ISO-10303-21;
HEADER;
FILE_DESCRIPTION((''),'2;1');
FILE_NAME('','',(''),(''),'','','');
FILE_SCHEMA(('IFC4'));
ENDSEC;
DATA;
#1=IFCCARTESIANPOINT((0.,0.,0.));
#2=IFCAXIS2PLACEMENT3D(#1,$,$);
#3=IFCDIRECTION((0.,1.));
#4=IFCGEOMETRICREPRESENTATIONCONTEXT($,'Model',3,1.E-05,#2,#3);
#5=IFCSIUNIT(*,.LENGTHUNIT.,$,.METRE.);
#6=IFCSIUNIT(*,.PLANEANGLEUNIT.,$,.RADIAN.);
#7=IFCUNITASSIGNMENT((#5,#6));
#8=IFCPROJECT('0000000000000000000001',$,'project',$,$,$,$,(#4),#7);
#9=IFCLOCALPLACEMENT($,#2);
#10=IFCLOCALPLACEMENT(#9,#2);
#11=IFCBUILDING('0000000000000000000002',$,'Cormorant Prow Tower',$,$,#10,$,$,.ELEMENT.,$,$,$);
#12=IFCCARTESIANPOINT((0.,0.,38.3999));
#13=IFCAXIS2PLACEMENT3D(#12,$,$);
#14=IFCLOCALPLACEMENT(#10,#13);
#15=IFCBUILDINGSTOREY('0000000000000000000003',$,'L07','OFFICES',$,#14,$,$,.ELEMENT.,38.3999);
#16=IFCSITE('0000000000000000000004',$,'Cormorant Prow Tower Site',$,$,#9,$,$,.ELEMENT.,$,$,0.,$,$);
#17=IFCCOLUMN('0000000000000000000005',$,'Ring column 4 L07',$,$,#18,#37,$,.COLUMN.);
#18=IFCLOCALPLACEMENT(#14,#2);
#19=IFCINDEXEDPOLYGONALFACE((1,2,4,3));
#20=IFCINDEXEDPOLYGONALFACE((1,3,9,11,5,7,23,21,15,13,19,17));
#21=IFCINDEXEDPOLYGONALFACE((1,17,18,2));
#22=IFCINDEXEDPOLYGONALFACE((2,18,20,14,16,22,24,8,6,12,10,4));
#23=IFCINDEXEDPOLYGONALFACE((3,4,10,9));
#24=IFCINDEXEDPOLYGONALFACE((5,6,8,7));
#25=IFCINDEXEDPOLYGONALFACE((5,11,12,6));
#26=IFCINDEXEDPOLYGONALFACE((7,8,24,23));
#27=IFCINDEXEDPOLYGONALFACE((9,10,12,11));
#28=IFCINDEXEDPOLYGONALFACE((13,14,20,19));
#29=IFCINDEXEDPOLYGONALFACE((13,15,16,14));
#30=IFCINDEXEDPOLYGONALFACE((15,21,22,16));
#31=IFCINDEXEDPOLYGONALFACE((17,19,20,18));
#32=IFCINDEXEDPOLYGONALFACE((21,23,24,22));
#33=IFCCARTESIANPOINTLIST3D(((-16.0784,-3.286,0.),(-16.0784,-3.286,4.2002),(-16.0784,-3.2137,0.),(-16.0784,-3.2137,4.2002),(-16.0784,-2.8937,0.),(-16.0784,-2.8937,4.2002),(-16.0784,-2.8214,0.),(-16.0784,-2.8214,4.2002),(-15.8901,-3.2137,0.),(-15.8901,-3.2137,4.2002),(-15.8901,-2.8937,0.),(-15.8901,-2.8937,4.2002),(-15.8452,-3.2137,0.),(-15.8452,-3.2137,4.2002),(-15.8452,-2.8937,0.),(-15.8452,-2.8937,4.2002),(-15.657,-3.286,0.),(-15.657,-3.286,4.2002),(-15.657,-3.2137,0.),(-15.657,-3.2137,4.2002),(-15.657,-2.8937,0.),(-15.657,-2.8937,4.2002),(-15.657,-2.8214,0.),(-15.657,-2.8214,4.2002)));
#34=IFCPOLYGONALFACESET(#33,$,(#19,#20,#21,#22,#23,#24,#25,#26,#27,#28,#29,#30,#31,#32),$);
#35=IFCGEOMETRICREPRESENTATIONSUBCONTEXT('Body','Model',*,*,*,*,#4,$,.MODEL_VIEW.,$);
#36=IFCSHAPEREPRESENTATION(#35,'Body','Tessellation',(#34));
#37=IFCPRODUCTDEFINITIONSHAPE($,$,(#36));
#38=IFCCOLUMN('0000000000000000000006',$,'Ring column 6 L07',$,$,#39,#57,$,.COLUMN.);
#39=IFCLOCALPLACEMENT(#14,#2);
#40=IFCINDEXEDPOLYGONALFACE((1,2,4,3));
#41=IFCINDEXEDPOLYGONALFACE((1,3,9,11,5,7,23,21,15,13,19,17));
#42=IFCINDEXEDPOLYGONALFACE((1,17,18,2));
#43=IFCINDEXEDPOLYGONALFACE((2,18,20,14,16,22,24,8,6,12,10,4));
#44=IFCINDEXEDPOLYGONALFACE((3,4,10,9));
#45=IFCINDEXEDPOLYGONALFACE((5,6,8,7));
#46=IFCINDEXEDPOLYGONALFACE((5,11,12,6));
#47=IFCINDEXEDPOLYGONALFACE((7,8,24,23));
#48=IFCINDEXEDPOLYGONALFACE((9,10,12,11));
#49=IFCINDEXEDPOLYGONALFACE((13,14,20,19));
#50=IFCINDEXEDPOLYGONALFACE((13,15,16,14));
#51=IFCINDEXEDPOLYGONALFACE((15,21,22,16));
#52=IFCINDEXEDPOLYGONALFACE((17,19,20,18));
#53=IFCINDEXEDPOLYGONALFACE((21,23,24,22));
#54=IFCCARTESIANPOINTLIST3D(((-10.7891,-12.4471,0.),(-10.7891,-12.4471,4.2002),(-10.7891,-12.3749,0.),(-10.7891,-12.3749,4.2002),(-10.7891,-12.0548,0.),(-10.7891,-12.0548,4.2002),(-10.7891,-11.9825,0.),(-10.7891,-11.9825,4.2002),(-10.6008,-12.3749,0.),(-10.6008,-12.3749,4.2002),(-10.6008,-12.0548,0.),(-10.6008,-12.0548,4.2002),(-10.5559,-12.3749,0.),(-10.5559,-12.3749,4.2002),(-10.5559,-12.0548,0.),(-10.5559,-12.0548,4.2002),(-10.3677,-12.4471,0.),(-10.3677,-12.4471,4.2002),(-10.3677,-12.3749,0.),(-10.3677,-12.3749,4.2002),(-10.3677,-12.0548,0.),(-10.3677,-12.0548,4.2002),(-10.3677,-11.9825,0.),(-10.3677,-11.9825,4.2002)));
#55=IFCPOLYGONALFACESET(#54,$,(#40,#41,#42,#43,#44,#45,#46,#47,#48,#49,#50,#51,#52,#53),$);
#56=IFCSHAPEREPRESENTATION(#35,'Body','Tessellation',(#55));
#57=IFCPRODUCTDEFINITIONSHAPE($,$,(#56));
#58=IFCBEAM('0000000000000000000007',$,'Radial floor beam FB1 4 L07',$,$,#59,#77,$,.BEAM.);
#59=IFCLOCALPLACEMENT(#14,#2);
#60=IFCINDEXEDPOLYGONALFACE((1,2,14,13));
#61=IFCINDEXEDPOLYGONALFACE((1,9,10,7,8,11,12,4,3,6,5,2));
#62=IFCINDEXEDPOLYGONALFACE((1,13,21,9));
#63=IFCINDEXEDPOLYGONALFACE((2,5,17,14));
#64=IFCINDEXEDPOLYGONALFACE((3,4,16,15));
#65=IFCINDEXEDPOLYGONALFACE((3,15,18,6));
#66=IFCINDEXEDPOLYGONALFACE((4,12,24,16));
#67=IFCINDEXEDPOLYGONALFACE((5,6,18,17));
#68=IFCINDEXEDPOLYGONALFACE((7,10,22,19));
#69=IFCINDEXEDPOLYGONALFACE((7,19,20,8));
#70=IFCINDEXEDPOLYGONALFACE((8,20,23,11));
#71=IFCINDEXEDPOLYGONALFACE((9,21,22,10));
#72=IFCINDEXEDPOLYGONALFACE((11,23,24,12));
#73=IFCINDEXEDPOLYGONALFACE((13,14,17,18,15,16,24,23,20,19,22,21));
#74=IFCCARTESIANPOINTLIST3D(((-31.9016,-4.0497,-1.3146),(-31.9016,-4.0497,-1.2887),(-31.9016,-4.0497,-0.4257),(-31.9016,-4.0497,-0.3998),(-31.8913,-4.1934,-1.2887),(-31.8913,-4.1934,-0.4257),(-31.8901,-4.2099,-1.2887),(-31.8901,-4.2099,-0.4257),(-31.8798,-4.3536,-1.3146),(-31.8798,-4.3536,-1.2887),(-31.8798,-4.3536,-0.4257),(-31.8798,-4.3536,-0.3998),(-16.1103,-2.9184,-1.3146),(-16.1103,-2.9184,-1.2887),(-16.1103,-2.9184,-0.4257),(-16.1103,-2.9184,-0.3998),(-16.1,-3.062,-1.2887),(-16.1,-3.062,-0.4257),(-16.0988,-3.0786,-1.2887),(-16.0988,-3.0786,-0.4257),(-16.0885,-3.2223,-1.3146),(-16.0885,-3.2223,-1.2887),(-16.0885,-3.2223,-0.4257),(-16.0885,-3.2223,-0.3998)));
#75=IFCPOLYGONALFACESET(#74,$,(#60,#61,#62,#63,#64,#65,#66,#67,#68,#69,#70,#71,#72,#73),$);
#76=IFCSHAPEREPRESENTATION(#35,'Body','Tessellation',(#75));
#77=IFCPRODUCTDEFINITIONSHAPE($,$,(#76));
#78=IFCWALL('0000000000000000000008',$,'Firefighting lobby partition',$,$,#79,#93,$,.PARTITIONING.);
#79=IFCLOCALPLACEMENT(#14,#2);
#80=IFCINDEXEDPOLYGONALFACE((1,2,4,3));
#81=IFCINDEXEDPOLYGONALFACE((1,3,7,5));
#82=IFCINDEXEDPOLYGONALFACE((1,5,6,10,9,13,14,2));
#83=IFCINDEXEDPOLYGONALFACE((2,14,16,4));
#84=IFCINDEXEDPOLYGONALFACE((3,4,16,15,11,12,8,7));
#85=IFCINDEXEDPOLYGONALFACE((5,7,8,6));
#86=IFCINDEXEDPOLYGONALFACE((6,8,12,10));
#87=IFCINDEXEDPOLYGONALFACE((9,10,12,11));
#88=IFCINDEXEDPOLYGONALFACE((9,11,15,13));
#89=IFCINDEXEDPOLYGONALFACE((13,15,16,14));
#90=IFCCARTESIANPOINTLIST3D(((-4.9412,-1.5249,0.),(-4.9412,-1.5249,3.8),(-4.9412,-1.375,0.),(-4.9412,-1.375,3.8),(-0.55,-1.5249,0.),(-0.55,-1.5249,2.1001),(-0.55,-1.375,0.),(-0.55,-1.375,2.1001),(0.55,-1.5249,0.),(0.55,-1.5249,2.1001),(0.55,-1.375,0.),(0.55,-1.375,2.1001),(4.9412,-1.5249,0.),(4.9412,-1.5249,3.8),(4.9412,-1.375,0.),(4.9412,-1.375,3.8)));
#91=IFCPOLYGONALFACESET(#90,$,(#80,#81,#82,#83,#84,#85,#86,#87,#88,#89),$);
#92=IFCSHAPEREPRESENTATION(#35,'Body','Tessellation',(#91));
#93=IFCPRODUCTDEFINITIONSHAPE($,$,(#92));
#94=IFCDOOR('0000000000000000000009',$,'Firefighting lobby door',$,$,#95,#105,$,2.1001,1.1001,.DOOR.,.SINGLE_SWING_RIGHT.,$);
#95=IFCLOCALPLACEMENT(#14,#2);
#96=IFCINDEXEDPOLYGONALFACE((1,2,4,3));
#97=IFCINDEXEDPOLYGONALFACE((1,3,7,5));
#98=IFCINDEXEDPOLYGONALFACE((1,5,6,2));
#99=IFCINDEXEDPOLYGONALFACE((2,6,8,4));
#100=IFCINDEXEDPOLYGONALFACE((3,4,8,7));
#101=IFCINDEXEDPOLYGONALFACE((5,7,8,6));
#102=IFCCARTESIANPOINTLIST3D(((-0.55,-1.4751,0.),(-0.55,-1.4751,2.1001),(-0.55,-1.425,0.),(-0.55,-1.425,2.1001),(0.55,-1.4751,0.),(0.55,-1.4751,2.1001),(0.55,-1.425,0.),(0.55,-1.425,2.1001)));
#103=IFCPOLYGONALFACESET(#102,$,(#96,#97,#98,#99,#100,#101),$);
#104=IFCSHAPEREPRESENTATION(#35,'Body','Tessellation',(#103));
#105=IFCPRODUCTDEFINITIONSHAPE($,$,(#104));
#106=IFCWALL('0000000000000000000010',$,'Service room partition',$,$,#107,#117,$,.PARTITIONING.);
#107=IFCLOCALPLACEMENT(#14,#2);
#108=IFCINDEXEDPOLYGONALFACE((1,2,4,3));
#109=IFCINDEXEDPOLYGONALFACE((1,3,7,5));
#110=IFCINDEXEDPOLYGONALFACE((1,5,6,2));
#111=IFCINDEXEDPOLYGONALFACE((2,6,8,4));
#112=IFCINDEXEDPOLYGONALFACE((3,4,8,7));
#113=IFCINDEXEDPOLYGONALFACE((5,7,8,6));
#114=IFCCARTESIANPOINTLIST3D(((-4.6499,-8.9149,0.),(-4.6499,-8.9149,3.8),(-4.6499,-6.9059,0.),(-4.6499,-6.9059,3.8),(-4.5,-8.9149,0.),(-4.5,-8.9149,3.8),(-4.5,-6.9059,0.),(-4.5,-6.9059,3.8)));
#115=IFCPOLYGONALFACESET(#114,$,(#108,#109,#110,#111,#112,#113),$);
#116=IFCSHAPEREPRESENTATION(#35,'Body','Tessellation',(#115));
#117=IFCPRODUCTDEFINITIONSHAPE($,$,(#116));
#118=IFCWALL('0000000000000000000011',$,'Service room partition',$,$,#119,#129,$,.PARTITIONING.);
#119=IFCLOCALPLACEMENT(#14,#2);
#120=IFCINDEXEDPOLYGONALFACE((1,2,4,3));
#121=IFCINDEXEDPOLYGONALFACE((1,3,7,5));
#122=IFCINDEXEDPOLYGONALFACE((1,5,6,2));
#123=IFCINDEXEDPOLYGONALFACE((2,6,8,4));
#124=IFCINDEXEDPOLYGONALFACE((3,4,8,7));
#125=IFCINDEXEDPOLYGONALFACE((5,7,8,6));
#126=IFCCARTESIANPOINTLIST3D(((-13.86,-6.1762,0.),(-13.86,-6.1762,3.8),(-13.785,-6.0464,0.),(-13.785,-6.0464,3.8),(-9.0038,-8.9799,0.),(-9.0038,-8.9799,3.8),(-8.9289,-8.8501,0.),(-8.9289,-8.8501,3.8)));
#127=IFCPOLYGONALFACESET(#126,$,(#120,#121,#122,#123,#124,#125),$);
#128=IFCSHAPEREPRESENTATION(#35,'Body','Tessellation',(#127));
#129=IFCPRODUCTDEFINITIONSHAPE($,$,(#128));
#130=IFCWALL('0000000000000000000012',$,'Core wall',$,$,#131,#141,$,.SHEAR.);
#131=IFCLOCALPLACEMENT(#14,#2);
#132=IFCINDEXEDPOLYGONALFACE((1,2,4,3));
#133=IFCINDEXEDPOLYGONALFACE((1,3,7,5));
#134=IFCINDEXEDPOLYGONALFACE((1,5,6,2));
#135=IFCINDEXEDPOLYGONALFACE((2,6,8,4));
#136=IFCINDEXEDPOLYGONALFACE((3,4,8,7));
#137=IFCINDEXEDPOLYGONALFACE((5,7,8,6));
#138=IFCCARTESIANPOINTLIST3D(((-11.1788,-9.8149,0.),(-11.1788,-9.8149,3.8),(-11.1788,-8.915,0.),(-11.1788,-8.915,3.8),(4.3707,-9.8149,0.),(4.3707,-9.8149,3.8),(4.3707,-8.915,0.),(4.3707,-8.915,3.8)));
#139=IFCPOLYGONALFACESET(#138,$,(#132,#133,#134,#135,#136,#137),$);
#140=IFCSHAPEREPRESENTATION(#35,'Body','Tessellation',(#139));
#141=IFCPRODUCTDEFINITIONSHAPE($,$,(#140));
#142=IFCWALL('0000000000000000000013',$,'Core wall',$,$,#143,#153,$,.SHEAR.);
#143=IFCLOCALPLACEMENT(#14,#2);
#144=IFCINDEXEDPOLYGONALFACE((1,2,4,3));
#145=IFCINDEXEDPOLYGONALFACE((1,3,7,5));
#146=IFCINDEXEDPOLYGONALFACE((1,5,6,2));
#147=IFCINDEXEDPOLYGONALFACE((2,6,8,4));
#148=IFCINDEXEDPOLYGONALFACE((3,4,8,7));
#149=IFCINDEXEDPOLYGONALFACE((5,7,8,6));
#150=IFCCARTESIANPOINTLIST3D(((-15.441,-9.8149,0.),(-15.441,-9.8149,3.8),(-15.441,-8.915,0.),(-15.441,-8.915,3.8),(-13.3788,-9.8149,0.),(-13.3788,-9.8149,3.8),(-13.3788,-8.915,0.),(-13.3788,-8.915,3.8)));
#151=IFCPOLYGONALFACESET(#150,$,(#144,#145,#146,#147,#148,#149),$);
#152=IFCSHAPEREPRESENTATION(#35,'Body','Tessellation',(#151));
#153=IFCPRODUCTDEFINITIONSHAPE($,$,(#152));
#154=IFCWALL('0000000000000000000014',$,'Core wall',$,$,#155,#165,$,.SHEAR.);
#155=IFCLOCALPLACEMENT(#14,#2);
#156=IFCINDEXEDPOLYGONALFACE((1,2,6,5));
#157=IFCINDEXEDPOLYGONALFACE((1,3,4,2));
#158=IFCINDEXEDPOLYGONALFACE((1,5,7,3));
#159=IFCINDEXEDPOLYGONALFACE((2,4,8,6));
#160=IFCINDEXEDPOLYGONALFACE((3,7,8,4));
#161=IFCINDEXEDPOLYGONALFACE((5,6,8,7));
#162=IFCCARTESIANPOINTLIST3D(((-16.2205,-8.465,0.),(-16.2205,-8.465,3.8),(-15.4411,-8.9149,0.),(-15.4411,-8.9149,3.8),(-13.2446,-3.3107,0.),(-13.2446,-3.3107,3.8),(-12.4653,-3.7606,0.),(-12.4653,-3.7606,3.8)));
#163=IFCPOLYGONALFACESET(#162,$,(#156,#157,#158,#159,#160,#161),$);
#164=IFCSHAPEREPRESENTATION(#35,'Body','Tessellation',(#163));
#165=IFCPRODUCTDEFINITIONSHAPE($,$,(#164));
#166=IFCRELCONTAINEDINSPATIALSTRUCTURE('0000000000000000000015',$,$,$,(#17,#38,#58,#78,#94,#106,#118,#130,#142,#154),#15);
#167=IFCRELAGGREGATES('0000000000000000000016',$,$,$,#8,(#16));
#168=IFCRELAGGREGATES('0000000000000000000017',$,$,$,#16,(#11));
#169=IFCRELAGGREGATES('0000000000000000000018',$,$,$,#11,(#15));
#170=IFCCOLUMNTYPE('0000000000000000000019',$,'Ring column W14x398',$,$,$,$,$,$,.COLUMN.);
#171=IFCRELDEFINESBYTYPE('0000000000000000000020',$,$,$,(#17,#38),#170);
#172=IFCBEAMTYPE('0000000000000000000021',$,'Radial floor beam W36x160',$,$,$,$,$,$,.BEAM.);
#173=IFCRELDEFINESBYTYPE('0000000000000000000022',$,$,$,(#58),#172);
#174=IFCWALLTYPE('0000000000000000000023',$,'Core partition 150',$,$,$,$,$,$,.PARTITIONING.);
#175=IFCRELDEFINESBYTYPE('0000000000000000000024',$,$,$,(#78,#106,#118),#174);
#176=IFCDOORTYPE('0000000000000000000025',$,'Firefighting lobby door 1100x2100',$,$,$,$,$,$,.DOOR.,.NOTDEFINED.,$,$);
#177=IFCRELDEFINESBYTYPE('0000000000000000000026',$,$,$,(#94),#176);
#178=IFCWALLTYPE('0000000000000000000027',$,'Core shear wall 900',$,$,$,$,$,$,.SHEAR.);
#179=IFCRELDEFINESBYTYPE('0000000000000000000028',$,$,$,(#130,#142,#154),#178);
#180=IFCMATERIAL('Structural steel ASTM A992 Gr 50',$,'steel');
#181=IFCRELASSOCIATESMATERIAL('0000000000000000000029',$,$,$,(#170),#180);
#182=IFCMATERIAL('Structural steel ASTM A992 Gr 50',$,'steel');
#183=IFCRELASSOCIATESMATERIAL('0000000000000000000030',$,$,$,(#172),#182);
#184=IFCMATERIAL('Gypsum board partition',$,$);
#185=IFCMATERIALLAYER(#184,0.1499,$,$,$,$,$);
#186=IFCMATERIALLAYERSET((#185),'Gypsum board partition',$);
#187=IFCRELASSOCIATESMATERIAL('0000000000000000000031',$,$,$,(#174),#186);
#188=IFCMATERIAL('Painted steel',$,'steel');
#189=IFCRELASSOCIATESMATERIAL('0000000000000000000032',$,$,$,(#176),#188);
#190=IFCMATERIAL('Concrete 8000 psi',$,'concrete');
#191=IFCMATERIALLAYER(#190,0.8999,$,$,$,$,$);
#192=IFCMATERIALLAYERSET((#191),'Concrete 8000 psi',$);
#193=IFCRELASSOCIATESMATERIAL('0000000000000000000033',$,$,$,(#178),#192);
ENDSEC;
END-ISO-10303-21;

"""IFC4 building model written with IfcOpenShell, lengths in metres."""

from ifc_helpers import new_model, si_unit, direction, frame, frame_2d, origin, origin_2d, place, context, subcontext, project, spatial, rectangle, i_section, extrude, material, layer, layer_set, material_profile, profile_set, type_object, element, fill, save


model = new_model("IFC4")

# Units and contexts
model_context = context("Model", 3, precision=1e-05, world=origin(), true_north=direction((0.0, 1.0)))
body_context = subcontext(model_context, "Body", "Model", "MODEL_VIEW")
ifc_project = project(units=[si_unit("LENGTHUNIT", "METRE"), si_unit("PLANEANGLEUNIT", "RADIAN")], contexts=[model_context])

# Site, building, storey
site_placement = place(None, origin())
site = spatial("IfcSite", under=ifc_project, at=site_placement, Name="Cormorant Prow Tower Site", CompositionType="ELEMENT", RefElevation=0.0)
building_placement = place(site_placement, origin())
building = spatial("IfcBuilding", under=site, at=building_placement, Name="Cormorant Prow Tower", CompositionType="ELEMENT")
storey_placement = place(building_placement, frame((0.0, 0.0, 38.3999)))
storey = spatial("IfcBuildingStorey", under=building, at=storey_placement, Name="L07", Description="OFFICES", CompositionType="ELEMENT", Elevation=38.3999)

# Columns
ifc_material_1 = material(Name="Structural steel ASTM A992 Gr 50", Category="steel")
ifc_material_profile_1 = material_profile(ifc_material_1, i_section(OverallWidth=0.4214, OverallDepth=0.4646, WebThickness=0.0449, FlangeThickness=0.0723, at=origin_2d()), Name="W14x398")
ifc_profile_set_1 = profile_set([ifc_material_profile_1], Name="Structural steel ASTM A992 Gr 50")
column_type = type_object("IfcColumnType", Name="Ring column W14x398", PredefinedType="COLUMN", material=ifc_profile_set_1)
for number, where, z_axis, x_axis, name in (
    (1, (-15.8677, -3.0537, 0.0), (0.0, 0.0, 1.0), (1.0, 0.0, 0.0), "Ring column 4 L07"),
    (2, (-10.5784, -12.2148, 0.0), (0.0, 0.0, 1.0), (1.0, 0.0, 0.0), "Ring column 6 L07"),
):
    element("IfcColumn", number, at=place(storey_placement, frame(where, z_axis=z_axis, x_axis=x_axis)), inside=storey, type_object=column_type, Name=name, PredefinedType="COLUMN", context=body_context, shape_type="SweptSolid", body=[
        extrude(i_section(OverallWidth=0.4214, OverallDepth=0.4646, WebThickness=0.0449, FlangeThickness=0.0723, at=origin_2d()), origin(), (0.0, 0.0, 1.0), 4.2002),
    ])

# Beam
ifc_material_2 = material(Name="Structural steel ASTM A992 Gr 50", Category="steel")
ifc_material_profile_2 = material_profile(ifc_material_2, i_section(OverallWidth=0.3047, OverallDepth=0.9148, WebThickness=0.0166, FlangeThickness=0.0259, at=origin_2d()), Name="W36x160")
ifc_profile_set_2 = profile_set([ifc_material_profile_2], Name="Structural steel ASTM A992 Gr 50")
beam_type = type_object("IfcBeamType", Name="Radial floor beam W36x160", PredefinedType="BEAM", material=ifc_profile_set_2)
beam_placement = place(storey_placement, frame((-16.0994, -3.0703, -0.8572), z_axis=(-0.997443, -0.071461, 0.0), x_axis=(0.071461, -0.997443, 0.0)))
element("IfcBeam", 3, at=beam_placement, inside=storey, type_object=beam_type, Name="Radial floor beam FB1 4 L07", PredefinedType="BEAM", context=body_context, shape_type="SweptSolid", body=[
    extrude(i_section(OverallWidth=0.3047, OverallDepth=0.9148, WebThickness=0.0166, FlangeThickness=0.0259, at=origin_2d()), origin(), (0.0, 0.0, 1.0), 15.8318),
])

# Wall, opening, door
ifc_material_3 = material(Name="Gypsum board partition")
ifc_layer_1 = layer(ifc_material_3, 0.1499)
ifc_layer_set_1 = layer_set([ifc_layer_1], Name="Gypsum board partition")
wall_type_1 = type_object("IfcWallType", Name="Core partition 150", PredefinedType="PARTITIONING", material=ifc_layer_set_1)
wall_1_placement = place(storey_placement, frame((-4.9412, -1.45, 0.0), z_axis=(0.0, 0.0, 1.0), x_axis=(1.0, 0.0, 0.0)))
wall_1 = element("IfcWall", 4, at=wall_1_placement, inside=storey, type_object=wall_type_1, Name="Firefighting lobby partition", PredefinedType="PARTITIONING", context=body_context, shape_type="SweptSolid", body=[
    extrude(rectangle(XDim=9.8823, YDim=0.1499, at=frame_2d((4.9412, 0.0))), origin(), (0.0, 0.0, 1.0), 3.8),
])
opening_1_placement = place(wall_1_placement, frame((4.3911, 0.0, 0.0)))
opening_1 = element("IfcOpeningElement", 5, at=opening_1_placement, cuts=wall_1, PredefinedType="OPENING", context=body_context, shape_type="SweptSolid", body=[
    extrude(rectangle(XDim=1.1001, YDim=2.1001, at=frame_2d((0.55, 1.05))), frame((0.0, 0.085, 0.0), z_axis=(0.0, -1.0, 0.0), x_axis=(1.0, 0.0, 0.0)), (0.0, 0.0, 1.0), 0.1699),
])
ifc_material_4 = material(Name="Painted steel", Category="steel")
door_type_1 = type_object("IfcDoorType", Name="Firefighting lobby door 1100x2100", OperationType="NOTDEFINED", PredefinedType="DOOR", material=ifc_material_4)
door_1_placement = place(opening_1_placement, origin())
door_1 = element("IfcDoor", 6, at=door_1_placement, inside=storey, type_object=door_type_1, Name="Firefighting lobby door", OperationType="SINGLE_SWING_RIGHT", OverallHeight=2.1001, OverallWidth=1.1001, PredefinedType="DOOR", context=body_context, shape_type="SweptSolid", body=[
    extrude(rectangle(XDim=1.1001, YDim=2.1001, at=frame_2d((0.55, 1.05))), frame((0.0, 0.0249, 0.0), z_axis=(0.0, -1.0, 0.0), x_axis=(1.0, 0.0, 0.0)), (0.0, 0.0, 1.0), 0.05),
])
fill(opening_1, door_1)

# Walls
wall_2_placement = place(storey_placement, frame((-4.575, -6.906, 0.0), z_axis=(0.0, 0.0, 1.0), x_axis=(0.0, -1.0, 0.0)))
element("IfcWall", 7, at=wall_2_placement, inside=storey, type_object=wall_type_1, Name="Service room partition", PredefinedType="PARTITIONING", context=body_context, shape_type="SweptSolid", body=[
    extrude(rectangle(XDim=2.009, YDim=0.1499, at=frame_2d((1.0044, 0.0))), origin(), (0.0, 0.0, 1.0), 3.8),
])
wall_3_placement = place(storey_placement, frame((-13.8225, -6.1113, 0.0), z_axis=(0.0, 0.0, 1.0), x_axis=(0.866027, -0.499998, 0.0)))
element("IfcWall", 8, at=wall_3_placement, inside=storey, type_object=wall_type_1, Name="Service room partition", PredefinedType="PARTITIONING", context=body_context, shape_type="SweptSolid", body=[
    extrude(rectangle(XDim=5.6074, YDim=0.1499, at=frame_2d((2.8037, 0.0))), origin(), (0.0, 0.0, 1.0), 3.8),
])
ifc_material_5 = material(Name="Concrete 8000 psi", Category="concrete")
ifc_layer_2 = layer(ifc_material_5, 0.8999)
ifc_layer_set_2 = layer_set([ifc_layer_2], Name="Concrete 8000 psi")
wall_type_2 = type_object("IfcWallType", Name="Core shear wall 900", PredefinedType="SHEAR", material=ifc_layer_set_2)
wall_4_placement = place(storey_placement, frame((-11.179, -9.365, 0.0), z_axis=(0.0, 0.0, 1.0), x_axis=(1.0, 0.0, 0.0)))
element("IfcWall", 9, at=wall_4_placement, inside=storey, type_object=wall_type_2, Name="Core wall", PredefinedType="SHEAR", context=body_context, shape_type="SweptSolid", body=[
    extrude(rectangle(XDim=15.5496, YDim=0.8999, at=frame_2d((7.7749, 0.0))), origin(), (0.0, 0.0, 1.0), 3.8),
])
wall_5_placement = place(storey_placement, frame((-15.4412, -9.365, 0.0), z_axis=(0.0, 0.0, 1.0), x_axis=(1.0, 0.0, 0.0)))
element("IfcWall", 10, at=wall_5_placement, inside=storey, type_object=wall_type_2, Name="Core wall", PredefinedType="SHEAR", context=body_context, shape_type="SweptSolid", body=[
    extrude(rectangle(XDim=2.0623, YDim=0.8999, at=frame_2d((1.0312, 0.0))), origin(), (0.0, 0.0, 1.0), 3.8),
])
wall_6_placement = place(storey_placement, frame((-12.855, -3.5356, 0.0), z_axis=(0.0, 0.0, 1.0), x_axis=(-0.499999, -0.866026, 0.0)))
element("IfcWall", 11, at=wall_6_placement, inside=storey, type_object=wall_type_2, Name="Core wall", PredefinedType="SHEAR", context=body_context, shape_type="SweptSolid", body=[
    extrude(rectangle(XDim=5.9517, YDim=0.8999, at=frame_2d((2.9758, 0.0))), origin(), (0.0, 0.0, 1.0), 3.8),
])

save(model, "model.ifc")
